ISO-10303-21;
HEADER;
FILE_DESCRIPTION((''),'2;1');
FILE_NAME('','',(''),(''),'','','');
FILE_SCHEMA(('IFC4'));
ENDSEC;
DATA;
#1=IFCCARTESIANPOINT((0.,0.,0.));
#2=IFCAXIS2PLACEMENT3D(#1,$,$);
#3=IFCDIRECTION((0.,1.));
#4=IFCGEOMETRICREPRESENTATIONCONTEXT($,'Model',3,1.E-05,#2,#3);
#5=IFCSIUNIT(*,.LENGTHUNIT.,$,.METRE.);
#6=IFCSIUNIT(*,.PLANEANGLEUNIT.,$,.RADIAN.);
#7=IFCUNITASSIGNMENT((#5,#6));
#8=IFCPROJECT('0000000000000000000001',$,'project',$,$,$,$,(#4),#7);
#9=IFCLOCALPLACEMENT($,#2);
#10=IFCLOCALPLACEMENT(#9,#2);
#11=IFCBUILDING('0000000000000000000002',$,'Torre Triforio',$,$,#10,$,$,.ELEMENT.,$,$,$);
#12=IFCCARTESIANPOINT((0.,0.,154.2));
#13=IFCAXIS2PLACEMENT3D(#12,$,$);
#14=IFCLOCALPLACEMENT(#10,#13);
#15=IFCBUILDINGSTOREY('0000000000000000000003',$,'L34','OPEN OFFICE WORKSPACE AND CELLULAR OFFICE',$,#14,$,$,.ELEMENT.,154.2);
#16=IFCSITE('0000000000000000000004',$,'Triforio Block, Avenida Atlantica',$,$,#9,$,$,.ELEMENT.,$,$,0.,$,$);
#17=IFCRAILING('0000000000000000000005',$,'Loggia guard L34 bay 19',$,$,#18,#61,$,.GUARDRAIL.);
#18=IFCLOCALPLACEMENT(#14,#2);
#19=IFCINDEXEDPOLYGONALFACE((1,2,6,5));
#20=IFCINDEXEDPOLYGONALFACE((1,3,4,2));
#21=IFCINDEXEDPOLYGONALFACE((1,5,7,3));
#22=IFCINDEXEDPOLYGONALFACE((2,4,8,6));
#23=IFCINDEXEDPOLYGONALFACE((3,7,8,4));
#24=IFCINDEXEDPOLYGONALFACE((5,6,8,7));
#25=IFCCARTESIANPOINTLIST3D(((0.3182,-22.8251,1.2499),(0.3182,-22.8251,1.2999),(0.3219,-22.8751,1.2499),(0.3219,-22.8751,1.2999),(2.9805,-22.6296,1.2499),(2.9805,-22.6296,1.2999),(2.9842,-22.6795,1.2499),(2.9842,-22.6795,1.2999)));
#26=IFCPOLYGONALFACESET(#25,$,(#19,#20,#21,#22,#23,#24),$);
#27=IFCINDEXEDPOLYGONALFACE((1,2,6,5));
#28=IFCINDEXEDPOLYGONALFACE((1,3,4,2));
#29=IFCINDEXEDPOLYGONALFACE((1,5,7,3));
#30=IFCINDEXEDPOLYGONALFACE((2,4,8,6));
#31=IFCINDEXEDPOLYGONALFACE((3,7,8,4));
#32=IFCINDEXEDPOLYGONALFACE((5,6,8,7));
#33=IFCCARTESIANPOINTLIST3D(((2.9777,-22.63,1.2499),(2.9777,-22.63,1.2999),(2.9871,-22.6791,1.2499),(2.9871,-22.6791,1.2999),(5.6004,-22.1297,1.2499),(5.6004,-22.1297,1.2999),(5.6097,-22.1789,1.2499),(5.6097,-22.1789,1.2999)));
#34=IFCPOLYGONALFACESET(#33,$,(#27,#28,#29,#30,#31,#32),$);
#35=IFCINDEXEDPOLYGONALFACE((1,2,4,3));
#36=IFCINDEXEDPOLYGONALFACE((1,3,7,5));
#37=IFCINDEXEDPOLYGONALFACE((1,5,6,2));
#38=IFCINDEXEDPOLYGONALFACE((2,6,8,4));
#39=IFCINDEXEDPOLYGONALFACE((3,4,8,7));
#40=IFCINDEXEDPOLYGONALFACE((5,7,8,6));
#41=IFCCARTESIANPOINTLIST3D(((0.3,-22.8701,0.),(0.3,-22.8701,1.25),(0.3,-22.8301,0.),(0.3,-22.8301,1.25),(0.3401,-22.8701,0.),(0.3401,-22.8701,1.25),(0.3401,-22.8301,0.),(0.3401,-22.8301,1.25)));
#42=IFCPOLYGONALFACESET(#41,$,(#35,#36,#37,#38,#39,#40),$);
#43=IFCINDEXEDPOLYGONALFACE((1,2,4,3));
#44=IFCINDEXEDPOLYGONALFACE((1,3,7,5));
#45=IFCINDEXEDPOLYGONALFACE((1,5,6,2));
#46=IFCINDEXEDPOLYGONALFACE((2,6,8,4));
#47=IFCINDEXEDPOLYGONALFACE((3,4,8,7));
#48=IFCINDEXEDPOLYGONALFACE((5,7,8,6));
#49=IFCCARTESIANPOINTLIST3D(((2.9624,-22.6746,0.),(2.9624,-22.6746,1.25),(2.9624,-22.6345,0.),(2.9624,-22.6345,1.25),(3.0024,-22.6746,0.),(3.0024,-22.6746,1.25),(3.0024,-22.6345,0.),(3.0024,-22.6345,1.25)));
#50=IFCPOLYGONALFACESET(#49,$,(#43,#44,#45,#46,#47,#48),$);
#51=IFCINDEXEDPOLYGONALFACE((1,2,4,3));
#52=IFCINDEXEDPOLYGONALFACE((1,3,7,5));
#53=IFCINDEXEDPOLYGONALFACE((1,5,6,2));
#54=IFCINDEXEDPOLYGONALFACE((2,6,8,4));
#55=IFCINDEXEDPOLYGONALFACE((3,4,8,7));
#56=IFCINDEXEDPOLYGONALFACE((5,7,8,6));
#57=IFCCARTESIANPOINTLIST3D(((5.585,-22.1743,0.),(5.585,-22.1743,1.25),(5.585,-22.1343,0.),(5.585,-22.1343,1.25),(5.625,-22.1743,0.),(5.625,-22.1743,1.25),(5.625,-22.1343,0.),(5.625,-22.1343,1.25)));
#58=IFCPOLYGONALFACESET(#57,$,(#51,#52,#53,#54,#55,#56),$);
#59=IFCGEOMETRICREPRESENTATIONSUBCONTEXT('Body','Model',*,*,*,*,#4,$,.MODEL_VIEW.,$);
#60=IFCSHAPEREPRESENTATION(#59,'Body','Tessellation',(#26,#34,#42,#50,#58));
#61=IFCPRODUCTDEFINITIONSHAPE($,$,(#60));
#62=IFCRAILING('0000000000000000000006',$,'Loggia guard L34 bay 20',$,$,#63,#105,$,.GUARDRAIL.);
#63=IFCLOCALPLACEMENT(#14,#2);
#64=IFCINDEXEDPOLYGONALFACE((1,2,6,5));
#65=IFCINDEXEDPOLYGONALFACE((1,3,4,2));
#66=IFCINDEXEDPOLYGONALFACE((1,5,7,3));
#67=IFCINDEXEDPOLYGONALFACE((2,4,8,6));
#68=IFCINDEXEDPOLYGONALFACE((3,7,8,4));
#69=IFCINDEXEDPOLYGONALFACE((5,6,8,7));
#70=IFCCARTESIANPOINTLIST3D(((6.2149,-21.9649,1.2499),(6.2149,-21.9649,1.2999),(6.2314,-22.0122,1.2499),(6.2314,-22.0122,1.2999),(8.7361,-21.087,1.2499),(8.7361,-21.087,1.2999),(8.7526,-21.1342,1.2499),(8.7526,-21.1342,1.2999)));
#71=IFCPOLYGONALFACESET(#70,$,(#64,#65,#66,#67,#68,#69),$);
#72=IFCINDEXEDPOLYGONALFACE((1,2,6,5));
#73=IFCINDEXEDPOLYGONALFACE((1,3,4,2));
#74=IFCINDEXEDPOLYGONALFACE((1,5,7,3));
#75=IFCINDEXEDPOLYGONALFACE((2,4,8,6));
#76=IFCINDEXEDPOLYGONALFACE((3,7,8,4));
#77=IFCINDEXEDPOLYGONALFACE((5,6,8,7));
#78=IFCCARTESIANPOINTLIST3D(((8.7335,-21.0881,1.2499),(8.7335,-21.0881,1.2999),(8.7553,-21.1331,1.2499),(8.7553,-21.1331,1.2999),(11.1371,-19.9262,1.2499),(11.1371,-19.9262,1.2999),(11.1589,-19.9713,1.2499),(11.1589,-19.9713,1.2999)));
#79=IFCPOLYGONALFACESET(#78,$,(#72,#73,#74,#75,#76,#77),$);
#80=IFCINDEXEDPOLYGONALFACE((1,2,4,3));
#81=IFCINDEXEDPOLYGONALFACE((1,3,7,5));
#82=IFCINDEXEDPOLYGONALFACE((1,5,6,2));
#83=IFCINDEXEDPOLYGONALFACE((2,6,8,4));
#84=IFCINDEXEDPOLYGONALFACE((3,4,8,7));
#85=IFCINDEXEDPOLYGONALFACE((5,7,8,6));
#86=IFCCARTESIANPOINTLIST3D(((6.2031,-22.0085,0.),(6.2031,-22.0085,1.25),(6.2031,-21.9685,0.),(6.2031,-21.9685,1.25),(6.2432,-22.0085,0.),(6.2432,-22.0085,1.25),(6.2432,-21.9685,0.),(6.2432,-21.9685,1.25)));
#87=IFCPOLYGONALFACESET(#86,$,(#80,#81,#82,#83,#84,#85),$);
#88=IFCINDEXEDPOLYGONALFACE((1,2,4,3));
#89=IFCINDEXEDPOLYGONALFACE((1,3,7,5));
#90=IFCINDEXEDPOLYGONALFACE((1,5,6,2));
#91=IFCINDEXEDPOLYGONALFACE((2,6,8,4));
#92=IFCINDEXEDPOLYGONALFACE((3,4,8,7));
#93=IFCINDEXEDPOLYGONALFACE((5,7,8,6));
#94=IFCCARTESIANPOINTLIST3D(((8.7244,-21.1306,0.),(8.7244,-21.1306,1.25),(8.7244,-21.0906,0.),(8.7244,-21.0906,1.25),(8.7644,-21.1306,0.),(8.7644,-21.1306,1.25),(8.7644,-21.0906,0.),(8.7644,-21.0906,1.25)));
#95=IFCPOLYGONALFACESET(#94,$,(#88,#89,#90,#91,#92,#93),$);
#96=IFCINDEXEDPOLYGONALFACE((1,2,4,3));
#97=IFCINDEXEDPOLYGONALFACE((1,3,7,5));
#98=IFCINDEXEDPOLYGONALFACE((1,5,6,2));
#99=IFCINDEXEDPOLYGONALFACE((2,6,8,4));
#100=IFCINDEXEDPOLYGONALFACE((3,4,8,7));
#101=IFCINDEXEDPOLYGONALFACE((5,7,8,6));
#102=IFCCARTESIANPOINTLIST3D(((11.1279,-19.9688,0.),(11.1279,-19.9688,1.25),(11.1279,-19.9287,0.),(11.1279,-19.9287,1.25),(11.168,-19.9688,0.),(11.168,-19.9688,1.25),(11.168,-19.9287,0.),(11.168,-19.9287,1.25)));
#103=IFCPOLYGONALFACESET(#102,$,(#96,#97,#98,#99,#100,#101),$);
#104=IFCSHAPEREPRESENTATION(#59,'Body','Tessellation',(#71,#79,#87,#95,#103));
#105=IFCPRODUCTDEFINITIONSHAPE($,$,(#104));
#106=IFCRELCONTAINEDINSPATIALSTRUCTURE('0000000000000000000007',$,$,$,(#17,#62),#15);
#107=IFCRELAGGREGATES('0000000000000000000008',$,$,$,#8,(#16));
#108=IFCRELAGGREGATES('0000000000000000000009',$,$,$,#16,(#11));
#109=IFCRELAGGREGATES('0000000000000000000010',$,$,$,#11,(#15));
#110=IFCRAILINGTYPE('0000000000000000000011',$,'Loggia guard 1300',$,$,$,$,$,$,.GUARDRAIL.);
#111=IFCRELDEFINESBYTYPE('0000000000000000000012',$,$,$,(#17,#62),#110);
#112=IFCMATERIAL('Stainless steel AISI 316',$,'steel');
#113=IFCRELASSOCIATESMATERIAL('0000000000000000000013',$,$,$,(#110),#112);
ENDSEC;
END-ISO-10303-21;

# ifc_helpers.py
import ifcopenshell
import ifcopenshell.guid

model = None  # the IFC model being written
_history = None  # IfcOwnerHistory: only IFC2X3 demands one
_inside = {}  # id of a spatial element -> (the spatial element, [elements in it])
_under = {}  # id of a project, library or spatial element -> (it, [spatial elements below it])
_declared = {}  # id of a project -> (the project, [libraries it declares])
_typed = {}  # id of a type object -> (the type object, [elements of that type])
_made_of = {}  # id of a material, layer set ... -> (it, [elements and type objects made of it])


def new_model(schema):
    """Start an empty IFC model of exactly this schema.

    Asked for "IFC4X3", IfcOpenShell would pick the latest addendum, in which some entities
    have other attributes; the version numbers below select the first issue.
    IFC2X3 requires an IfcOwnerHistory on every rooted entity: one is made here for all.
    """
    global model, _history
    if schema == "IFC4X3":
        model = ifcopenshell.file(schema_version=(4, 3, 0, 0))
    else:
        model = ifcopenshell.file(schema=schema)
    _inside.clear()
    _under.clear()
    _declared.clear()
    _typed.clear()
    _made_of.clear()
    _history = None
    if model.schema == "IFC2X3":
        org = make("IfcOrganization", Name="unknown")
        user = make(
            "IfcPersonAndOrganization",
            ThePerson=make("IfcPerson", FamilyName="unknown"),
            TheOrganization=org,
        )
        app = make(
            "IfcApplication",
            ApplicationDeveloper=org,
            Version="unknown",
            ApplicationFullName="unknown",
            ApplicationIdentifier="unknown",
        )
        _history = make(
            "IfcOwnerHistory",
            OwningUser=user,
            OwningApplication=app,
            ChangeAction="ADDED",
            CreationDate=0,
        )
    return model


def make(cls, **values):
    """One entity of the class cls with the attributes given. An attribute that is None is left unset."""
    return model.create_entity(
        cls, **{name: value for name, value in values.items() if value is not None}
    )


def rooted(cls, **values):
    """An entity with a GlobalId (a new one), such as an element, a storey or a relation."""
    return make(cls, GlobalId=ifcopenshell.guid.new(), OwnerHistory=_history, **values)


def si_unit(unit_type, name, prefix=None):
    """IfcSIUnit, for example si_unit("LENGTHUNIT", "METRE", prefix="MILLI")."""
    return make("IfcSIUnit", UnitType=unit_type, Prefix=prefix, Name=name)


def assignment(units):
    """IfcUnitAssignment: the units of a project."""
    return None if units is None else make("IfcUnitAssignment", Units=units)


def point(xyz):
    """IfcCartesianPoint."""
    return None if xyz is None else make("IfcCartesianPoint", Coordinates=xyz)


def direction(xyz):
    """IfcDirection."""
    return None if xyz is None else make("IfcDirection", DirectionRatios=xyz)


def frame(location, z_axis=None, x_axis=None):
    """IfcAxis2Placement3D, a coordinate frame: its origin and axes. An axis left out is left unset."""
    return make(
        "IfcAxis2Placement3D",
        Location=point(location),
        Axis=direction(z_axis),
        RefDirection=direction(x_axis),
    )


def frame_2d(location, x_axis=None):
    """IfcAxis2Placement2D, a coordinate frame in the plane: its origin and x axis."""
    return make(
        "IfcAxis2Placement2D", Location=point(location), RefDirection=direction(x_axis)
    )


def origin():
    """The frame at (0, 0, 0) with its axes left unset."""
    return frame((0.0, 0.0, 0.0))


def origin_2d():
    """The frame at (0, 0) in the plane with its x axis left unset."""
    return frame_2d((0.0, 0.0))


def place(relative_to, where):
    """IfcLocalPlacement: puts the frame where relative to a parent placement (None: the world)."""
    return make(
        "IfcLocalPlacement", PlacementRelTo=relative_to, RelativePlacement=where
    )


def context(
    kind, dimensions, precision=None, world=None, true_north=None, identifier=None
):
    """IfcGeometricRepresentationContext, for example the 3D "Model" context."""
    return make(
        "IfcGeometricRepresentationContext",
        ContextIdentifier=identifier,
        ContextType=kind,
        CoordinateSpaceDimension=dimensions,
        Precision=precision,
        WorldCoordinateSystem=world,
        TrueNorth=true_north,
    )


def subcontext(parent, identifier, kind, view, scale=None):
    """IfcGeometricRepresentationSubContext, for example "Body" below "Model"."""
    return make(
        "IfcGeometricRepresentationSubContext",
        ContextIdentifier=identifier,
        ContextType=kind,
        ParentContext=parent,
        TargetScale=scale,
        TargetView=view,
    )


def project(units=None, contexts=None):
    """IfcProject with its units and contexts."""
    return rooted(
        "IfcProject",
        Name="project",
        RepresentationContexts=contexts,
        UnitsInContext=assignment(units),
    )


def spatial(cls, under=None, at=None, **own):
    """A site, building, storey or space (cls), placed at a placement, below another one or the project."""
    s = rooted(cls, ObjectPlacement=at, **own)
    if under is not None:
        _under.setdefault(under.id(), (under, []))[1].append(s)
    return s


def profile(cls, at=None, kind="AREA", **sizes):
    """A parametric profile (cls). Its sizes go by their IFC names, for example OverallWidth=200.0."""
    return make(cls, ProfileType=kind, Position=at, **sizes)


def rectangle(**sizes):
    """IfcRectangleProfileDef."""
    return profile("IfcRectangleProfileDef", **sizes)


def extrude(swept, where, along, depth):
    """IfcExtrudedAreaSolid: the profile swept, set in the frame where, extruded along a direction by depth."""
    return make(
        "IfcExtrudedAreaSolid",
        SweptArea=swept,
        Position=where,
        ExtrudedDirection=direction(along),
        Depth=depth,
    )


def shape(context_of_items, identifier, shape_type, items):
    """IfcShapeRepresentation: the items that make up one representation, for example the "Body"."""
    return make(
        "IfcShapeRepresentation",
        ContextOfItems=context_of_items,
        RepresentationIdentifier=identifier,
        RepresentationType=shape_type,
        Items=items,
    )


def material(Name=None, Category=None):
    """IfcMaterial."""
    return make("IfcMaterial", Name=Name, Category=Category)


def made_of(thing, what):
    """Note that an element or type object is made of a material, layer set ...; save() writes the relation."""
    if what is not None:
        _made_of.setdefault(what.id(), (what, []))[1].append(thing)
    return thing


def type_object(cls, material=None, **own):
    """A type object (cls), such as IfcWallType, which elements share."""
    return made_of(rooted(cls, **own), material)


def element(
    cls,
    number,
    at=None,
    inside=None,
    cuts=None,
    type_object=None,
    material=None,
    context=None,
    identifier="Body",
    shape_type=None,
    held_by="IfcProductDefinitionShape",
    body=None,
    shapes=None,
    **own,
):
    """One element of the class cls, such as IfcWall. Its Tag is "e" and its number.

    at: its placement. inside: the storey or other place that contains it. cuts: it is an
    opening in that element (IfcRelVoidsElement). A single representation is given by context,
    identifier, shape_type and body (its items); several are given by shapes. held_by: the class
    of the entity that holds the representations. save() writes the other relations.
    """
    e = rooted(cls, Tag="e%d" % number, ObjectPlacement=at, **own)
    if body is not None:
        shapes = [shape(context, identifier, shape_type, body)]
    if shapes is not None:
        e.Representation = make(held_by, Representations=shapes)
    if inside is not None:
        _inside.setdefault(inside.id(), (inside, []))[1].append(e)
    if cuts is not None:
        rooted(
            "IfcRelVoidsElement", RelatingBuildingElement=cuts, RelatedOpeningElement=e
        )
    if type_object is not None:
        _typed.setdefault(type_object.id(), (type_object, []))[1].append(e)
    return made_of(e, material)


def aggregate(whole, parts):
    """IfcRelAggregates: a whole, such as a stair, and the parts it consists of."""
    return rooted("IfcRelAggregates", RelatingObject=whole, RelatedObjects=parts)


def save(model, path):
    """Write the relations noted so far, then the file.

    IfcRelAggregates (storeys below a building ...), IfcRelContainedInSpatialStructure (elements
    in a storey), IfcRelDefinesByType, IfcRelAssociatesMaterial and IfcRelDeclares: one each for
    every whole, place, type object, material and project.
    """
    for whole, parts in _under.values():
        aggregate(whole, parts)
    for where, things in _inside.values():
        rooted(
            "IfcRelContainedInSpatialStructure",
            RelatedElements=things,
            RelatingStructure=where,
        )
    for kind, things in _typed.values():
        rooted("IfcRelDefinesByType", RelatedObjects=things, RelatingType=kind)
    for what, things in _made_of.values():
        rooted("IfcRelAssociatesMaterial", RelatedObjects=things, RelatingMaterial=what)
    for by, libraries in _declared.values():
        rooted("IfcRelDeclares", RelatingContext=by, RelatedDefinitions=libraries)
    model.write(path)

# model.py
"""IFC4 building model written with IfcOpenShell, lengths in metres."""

from ifc_helpers import new_model, si_unit, direction, frame, origin, origin_2d, place, context, subcontext, project, spatial, rectangle, extrude, material, type_object, element, save


model = new_model("IFC4")

# Units and contexts
model_context = context("Model", 3, precision=1e-05, world=origin(), true_north=direction((0.0, 1.0)))
body_context = subcontext(model_context, "Body", "Model", "MODEL_VIEW")
ifc_project = project(units=[si_unit("LENGTHUNIT", "METRE"), si_unit("PLANEANGLEUNIT", "RADIAN")], contexts=[model_context])

# Site, building, storey
site_placement = place(None, origin())
site = spatial("IfcSite", under=ifc_project, at=site_placement, Name="Triforio Block, Avenida Atlantica", CompositionType="ELEMENT", RefElevation=0.0)
building_placement = place(site_placement, origin())
building = spatial("IfcBuilding", under=site, at=building_placement, Name="Torre Triforio", CompositionType="ELEMENT")
storey_placement = place(building_placement, frame((0.0, 0.0, 154.2)))
storey = spatial("IfcBuildingStorey", under=building, at=storey_placement, Name="L34", Description="OPEN OFFICE WORKSPACE AND CELLULAR OFFICE", CompositionType="ELEMENT", Elevation=154.2)

# Railings
ifc_material_1 = material(Name="Stainless steel AISI 316", Category="steel")
railing_type = type_object("IfcRailingType", Name="Loggia guard 1300", PredefinedType="GUARDRAIL", material=ifc_material_1)
railing_1_placement = place(storey_placement, frame((0.3201, -22.8501, 0.0)))
element("IfcRailing", 1, at=railing_1_placement, inside=storey, type_object=railing_type, Name="Loggia guard L34 bay 19", PredefinedType="GUARDRAIL", context=body_context, shape_type="SweptSolid", body=[
    extrude(rectangle(XDim=0.05, YDim=0.05, at=origin_2d()), frame((0.0, 0.0, 1.2749), z_axis=(0.997313, 0.073255, 0.0), x_axis=(-0.073255, 0.997313, 0.0)), (0.0, 0.0, 1.0), 2.6694),
    extrude(rectangle(XDim=0.05, YDim=0.05, at=origin_2d()), frame((2.6624, 0.1956, 1.2749), z_axis=(0.98229, 0.187368, 0.0), x_axis=(-0.187368, 0.98229, 0.0)), (0.0, 0.0, 1.0), 2.6699),
    extrude(rectangle(XDim=0.04, YDim=0.04, at=origin_2d()), origin(), (0.0, 0.0, 1.0), 1.25),
    extrude(rectangle(XDim=0.04, YDim=0.04, at=origin_2d()), frame((2.6624, 0.1956, 0.0)), (0.0, 0.0, 1.0), 1.25),
    extrude(rectangle(XDim=0.04, YDim=0.04, at=origin_2d()), frame((5.2849, 0.6958, 0.0)), (0.0, 0.0, 1.0), 1.25),
])
railing_2_placement = place(storey_placement, frame((6.2231, -21.9885, 0.0)))
element("IfcRailing", 2, at=railing_2_placement, inside=storey, type_object=railing_type, Name="Loggia guard L34 bay 20", PredefinedType="GUARDRAIL", context=body_context, shape_type="SweptSolid", body=[
    extrude(rectangle(XDim=0.05, YDim=0.05, at=origin_2d()), frame((0.0, 0.0, 1.2749), z_axis=(0.944383, 0.328847, 0.0), x_axis=(-0.328847, 0.944383, 0.0)), (0.0, 0.0, 1.0), 2.6697),
    extrude(rectangle(XDim=0.05, YDim=0.05, at=origin_2d()), frame((2.5212, 0.8779, 1.2749), z_axis=(0.900328, 0.435212, 0.0), x_axis=(-0.435212, 0.900328, 0.0)), (0.0, 0.0, 1.0), 2.6697),
    extrude(rectangle(XDim=0.04, YDim=0.04, at=origin_2d()), origin(), (0.0, 0.0, 1.0), 1.25),
    extrude(rectangle(XDim=0.04, YDim=0.04, at=origin_2d()), frame((2.5212, 0.8779, 0.0)), (0.0, 0.0, 1.0), 1.25),
    extrude(rectangle(XDim=0.04, YDim=0.04, at=origin_2d()), frame((4.9248, 2.0398, 0.0)), (0.0, 0.0, 1.0), 1.25),
])

save(model, "model.ifc")
